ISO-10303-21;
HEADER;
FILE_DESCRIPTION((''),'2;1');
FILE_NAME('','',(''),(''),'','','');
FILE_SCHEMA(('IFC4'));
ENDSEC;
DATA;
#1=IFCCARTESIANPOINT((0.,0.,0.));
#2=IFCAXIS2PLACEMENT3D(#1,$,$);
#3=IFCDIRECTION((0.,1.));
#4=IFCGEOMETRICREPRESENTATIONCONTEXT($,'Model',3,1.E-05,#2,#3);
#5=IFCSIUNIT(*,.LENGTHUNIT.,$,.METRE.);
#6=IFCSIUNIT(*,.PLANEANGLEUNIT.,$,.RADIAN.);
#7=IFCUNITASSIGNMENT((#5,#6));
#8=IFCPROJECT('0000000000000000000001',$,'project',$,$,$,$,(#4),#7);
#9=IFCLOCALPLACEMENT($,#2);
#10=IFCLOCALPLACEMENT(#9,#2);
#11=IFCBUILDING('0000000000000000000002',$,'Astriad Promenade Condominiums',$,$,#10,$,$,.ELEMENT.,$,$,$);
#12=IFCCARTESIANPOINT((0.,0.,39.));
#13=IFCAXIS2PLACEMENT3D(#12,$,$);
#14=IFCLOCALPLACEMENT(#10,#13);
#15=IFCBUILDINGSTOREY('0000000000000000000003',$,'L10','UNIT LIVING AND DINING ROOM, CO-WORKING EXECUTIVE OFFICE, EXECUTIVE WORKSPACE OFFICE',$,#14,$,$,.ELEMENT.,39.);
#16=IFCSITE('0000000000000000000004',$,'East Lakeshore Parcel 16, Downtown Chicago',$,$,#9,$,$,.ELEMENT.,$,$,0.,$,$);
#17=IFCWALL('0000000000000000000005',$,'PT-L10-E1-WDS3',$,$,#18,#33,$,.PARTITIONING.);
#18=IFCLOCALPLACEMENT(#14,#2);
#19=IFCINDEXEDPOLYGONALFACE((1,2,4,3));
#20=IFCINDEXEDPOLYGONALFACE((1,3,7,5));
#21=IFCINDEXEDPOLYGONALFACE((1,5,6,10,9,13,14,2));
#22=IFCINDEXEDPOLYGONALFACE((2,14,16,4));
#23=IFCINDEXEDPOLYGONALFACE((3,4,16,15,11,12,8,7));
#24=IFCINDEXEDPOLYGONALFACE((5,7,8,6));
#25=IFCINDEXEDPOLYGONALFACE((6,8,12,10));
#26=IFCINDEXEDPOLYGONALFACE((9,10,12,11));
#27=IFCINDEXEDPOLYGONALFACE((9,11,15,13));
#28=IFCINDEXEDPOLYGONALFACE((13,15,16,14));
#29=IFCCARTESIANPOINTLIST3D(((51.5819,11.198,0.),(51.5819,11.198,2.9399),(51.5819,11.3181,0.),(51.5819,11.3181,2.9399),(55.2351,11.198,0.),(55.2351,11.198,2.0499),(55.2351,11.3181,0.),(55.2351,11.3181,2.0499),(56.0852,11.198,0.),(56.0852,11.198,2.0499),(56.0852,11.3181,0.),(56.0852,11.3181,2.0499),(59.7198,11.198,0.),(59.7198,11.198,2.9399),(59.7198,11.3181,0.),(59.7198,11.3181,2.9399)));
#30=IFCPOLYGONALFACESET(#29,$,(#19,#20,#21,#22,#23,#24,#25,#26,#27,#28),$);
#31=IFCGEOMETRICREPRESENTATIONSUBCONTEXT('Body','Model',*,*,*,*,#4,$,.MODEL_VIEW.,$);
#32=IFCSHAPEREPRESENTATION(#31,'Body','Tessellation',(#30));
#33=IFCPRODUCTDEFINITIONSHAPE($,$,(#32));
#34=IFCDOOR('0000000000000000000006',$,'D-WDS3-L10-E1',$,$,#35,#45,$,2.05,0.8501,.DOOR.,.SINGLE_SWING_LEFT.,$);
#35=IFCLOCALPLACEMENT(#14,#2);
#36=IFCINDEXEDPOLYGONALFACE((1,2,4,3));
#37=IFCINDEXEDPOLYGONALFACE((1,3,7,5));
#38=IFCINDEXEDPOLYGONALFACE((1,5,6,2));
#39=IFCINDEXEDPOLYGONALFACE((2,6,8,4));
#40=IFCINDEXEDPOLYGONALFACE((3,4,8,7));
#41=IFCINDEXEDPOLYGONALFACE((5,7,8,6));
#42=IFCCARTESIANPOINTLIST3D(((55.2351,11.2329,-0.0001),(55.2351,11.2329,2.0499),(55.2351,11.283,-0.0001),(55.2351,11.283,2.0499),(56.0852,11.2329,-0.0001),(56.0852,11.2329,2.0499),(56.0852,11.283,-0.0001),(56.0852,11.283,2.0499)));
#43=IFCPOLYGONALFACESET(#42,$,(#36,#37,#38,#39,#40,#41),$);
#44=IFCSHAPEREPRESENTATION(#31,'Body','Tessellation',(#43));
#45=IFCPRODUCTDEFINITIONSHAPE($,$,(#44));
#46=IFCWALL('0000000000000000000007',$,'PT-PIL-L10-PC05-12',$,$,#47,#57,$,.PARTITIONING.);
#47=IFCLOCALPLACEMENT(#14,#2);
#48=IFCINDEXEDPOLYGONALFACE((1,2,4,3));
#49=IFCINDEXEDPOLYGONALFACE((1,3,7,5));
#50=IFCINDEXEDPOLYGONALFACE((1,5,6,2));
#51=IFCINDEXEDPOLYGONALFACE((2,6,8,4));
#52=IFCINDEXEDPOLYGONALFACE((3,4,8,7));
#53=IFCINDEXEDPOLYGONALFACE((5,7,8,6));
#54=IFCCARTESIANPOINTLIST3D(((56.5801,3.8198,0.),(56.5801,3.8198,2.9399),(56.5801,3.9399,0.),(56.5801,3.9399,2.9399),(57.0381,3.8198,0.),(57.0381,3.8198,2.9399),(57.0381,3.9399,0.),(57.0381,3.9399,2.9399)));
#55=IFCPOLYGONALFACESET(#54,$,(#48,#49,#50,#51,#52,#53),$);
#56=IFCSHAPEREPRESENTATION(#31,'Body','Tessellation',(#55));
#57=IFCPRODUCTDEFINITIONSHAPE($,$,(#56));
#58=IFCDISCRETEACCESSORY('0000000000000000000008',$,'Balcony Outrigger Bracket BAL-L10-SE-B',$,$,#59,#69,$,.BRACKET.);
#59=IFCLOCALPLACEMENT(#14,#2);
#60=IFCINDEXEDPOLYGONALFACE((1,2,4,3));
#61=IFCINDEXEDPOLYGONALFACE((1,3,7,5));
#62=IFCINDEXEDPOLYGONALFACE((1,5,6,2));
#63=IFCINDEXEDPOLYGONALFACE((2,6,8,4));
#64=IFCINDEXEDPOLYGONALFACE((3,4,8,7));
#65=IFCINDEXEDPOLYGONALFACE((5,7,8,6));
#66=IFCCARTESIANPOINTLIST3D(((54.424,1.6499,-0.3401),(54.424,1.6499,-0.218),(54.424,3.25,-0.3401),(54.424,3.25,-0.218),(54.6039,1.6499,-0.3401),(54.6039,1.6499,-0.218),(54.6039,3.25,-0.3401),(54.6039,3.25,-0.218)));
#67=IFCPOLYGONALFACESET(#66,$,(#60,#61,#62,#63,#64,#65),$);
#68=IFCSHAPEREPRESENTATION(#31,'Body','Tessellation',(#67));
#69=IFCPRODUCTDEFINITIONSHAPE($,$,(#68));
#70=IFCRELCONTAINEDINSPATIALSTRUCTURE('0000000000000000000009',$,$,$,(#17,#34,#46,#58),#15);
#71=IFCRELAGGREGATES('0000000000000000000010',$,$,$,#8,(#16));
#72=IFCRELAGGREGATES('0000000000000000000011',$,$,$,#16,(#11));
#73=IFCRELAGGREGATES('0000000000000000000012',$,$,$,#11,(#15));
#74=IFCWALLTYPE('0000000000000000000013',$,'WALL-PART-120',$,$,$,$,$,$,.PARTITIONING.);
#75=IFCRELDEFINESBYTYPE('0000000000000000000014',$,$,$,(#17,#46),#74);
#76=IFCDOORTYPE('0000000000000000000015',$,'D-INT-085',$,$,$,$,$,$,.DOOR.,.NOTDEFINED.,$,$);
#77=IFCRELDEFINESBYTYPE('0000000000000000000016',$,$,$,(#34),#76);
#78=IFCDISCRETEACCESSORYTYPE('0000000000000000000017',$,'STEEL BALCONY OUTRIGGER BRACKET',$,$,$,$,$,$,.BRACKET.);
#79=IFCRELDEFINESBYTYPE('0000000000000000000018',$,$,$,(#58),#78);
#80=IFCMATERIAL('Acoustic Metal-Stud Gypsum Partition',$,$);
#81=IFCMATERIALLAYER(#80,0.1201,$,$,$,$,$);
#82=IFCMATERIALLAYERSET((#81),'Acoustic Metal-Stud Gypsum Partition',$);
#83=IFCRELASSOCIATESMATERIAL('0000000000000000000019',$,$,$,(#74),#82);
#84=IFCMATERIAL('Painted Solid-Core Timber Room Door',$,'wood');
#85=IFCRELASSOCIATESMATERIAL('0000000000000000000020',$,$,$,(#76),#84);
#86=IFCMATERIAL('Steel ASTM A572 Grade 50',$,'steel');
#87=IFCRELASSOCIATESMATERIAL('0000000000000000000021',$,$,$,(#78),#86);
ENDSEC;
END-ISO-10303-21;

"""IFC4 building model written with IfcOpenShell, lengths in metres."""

from ifc_helpers import new_model, si_unit, direction, frame, frame_2d, origin, origin_2d, place, context, subcontext, project, spatial, rectangle, extrude, source, transform, mapped, material, layer, layer_set, type_object, type_shapes, element, fill, save


model = new_model("IFC4")

# Units and contexts
model_context = context("Model", 3, precision=1e-05, world=origin(), true_north=direction((0.0, 1.0)))
body_context = subcontext(model_context, "Body", "Model", "MODEL_VIEW")
ifc_project = project(units=[si_unit("LENGTHUNIT", "METRE"), si_unit("PLANEANGLEUNIT", "RADIAN")], contexts=[model_context])

# Site, building, storey
site_placement = place(None, origin())
site = spatial("IfcSite", under=ifc_project, at=site_placement, Name="East Lakeshore Parcel 16, Downtown Chicago", CompositionType="ELEMENT", RefElevation=0.0)
building_placement = place(site_placement, origin())
building = spatial("IfcBuilding", under=site, at=building_placement, Name="Astriad Promenade Condominiums", CompositionType="ELEMENT")
storey_placement = place(building_placement, frame((0.0, 0.0, 39.0)))
storey = spatial("IfcBuildingStorey", under=building, at=storey_placement, Name="L10", Description="UNIT LIVING AND DINING ROOM, CO-WORKING EXECUTIVE OFFICE, EXECUTIVE WORKSPACE OFFICE", CompositionType="ELEMENT", Elevation=39.0)

# Shared definitions
ifc_material_1 = material(Name="Acoustic Metal-Stud Gypsum Partition")
ifc_layer_1 = layer(ifc_material_1, 0.1201)
ifc_layer_set_1 = layer_set([ifc_layer_1], Name="Acoustic Metal-Stud Gypsum Partition")
wall_type_1 = type_object("IfcWallType", Name="WALL-PART-120", PredefinedType="PARTITIONING", material=ifc_layer_set_1)

# Wall, opening, door
ifc_material_2 = material(Name="Painted Solid-Core Timber Room Door", Category="wood")
door_type_1 = type_object("IfcDoorType", Name="D-INT-085", OperationType="NOTDEFINED", PredefinedType="DOOR", material=ifc_material_2)
shared_shape_1 = source(origin(), body_context, "Body", "SweptSolid", [
    extrude(rectangle(XDim=0.8501, YDim=2.05, at=frame_2d((0.425, 1.0249))), frame((0.0, 0.0249, 0.0), z_axis=(0.0, -1.0, 0.0), x_axis=(1.0, 0.0, 0.0)), (0.0, 0.0, 1.0), 0.05),
])
type_shapes(door_type_1, [shared_shape_1])
wall_1_placement = place(storey_placement, frame((51.582, 11.2581, 0.0), z_axis=(0.0, 0.0, 1.0), x_axis=(1.0, 0.0, 0.0)))
wall_1 = element("IfcWall", 1, at=wall_1_placement, inside=storey, type_object=wall_type_1, Name="PT-L10-E1-WDS3", PredefinedType="PARTITIONING", context=body_context, shape_type="SweptSolid", body=[
    extrude(rectangle(XDim=8.1379, YDim=0.1201, at=frame_2d((4.0688, 0.0))), origin(), (0.0, 0.0, 1.0), 2.9399),
])
opening_1_placement = place(wall_1_placement, frame((3.6531, 0.0, 0.0)))
opening_1 = element("IfcOpeningElement", 2, at=opening_1_placement, cuts=wall_1, PredefinedType="OPENING", context=body_context, shape_type="SweptSolid", body=[
    extrude(rectangle(XDim=0.8501, YDim=2.05, at=frame_2d((0.425, 1.0249))), frame((0.0, 0.0701, 0.0), z_axis=(0.0, -1.0, 0.0), x_axis=(1.0, 0.0, 0.0)), (0.0, 0.0, 1.0), 0.1401),
])
door_1_placement = place(opening_1_placement, origin())
door_1 = element("IfcDoor", 3, at=door_1_placement, inside=storey, type_object=door_type_1, Name="D-WDS3-L10-E1", OperationType="SINGLE_SWING_LEFT", OverallHeight=2.05, OverallWidth=0.8501, PredefinedType="DOOR", context=body_context, shape_type="MappedRepresentation", body=[
    mapped(shared_shape_1, transform((0.0, 0.0, 0.0), scale=1.0)),
])
fill(opening_1, door_1)

# Wall
wall_2_placement = place(storey_placement, frame((56.5801, 3.8799, 0.0), z_axis=(0.0, 0.0, 1.0), x_axis=(1.0, 0.0, 0.0)))
element("IfcWall", 4, at=wall_2_placement, inside=storey, type_object=wall_type_1, Name="PT-PIL-L10-PC05-12", PredefinedType="PARTITIONING", context=body_context, shape_type="SweptSolid", body=[
    extrude(rectangle(XDim=0.458, YDim=0.1201, at=frame_2d((0.229, 0.0))), origin(), (0.0, 0.0, 1.0), 2.9399),
])

# Discrete accessory
ifc_material_3 = material(Name="Steel ASTM A572 Grade 50", Category="steel")
discrete_accessory_type = type_object("IfcDiscreteAccessoryType", Name="STEEL BALCONY OUTRIGGER BRACKET", PredefinedType="BRACKET", material=ifc_material_3)
shared_shape_2 = source(origin(), body_context, "Body", "SweptSolid", [
    extrude(rectangle(XDim=1.6001, YDim=0.1799, at=origin_2d()), origin(), (0.0, 0.0, 1.0), 0.1221),
])
type_shapes(discrete_accessory_type, [shared_shape_2])
discrete_accessory_placement = place(storey_placement, frame((54.5139, 2.45, -0.3401), z_axis=(0.0, 0.0, 1.0), x_axis=(0.0, -1.0, 0.0)))
element("IfcDiscreteAccessory", 5, at=discrete_accessory_placement, inside=storey, type_object=discrete_accessory_type, Name="Balcony Outrigger Bracket BAL-L10-SE-B", PredefinedType="BRACKET", context=body_context, shape_type="MappedRepresentation", body=[
    mapped(shared_shape_2, transform((0.0, 0.0, 0.0), scale=1.0)),
])

save(model, "model.ifc")
